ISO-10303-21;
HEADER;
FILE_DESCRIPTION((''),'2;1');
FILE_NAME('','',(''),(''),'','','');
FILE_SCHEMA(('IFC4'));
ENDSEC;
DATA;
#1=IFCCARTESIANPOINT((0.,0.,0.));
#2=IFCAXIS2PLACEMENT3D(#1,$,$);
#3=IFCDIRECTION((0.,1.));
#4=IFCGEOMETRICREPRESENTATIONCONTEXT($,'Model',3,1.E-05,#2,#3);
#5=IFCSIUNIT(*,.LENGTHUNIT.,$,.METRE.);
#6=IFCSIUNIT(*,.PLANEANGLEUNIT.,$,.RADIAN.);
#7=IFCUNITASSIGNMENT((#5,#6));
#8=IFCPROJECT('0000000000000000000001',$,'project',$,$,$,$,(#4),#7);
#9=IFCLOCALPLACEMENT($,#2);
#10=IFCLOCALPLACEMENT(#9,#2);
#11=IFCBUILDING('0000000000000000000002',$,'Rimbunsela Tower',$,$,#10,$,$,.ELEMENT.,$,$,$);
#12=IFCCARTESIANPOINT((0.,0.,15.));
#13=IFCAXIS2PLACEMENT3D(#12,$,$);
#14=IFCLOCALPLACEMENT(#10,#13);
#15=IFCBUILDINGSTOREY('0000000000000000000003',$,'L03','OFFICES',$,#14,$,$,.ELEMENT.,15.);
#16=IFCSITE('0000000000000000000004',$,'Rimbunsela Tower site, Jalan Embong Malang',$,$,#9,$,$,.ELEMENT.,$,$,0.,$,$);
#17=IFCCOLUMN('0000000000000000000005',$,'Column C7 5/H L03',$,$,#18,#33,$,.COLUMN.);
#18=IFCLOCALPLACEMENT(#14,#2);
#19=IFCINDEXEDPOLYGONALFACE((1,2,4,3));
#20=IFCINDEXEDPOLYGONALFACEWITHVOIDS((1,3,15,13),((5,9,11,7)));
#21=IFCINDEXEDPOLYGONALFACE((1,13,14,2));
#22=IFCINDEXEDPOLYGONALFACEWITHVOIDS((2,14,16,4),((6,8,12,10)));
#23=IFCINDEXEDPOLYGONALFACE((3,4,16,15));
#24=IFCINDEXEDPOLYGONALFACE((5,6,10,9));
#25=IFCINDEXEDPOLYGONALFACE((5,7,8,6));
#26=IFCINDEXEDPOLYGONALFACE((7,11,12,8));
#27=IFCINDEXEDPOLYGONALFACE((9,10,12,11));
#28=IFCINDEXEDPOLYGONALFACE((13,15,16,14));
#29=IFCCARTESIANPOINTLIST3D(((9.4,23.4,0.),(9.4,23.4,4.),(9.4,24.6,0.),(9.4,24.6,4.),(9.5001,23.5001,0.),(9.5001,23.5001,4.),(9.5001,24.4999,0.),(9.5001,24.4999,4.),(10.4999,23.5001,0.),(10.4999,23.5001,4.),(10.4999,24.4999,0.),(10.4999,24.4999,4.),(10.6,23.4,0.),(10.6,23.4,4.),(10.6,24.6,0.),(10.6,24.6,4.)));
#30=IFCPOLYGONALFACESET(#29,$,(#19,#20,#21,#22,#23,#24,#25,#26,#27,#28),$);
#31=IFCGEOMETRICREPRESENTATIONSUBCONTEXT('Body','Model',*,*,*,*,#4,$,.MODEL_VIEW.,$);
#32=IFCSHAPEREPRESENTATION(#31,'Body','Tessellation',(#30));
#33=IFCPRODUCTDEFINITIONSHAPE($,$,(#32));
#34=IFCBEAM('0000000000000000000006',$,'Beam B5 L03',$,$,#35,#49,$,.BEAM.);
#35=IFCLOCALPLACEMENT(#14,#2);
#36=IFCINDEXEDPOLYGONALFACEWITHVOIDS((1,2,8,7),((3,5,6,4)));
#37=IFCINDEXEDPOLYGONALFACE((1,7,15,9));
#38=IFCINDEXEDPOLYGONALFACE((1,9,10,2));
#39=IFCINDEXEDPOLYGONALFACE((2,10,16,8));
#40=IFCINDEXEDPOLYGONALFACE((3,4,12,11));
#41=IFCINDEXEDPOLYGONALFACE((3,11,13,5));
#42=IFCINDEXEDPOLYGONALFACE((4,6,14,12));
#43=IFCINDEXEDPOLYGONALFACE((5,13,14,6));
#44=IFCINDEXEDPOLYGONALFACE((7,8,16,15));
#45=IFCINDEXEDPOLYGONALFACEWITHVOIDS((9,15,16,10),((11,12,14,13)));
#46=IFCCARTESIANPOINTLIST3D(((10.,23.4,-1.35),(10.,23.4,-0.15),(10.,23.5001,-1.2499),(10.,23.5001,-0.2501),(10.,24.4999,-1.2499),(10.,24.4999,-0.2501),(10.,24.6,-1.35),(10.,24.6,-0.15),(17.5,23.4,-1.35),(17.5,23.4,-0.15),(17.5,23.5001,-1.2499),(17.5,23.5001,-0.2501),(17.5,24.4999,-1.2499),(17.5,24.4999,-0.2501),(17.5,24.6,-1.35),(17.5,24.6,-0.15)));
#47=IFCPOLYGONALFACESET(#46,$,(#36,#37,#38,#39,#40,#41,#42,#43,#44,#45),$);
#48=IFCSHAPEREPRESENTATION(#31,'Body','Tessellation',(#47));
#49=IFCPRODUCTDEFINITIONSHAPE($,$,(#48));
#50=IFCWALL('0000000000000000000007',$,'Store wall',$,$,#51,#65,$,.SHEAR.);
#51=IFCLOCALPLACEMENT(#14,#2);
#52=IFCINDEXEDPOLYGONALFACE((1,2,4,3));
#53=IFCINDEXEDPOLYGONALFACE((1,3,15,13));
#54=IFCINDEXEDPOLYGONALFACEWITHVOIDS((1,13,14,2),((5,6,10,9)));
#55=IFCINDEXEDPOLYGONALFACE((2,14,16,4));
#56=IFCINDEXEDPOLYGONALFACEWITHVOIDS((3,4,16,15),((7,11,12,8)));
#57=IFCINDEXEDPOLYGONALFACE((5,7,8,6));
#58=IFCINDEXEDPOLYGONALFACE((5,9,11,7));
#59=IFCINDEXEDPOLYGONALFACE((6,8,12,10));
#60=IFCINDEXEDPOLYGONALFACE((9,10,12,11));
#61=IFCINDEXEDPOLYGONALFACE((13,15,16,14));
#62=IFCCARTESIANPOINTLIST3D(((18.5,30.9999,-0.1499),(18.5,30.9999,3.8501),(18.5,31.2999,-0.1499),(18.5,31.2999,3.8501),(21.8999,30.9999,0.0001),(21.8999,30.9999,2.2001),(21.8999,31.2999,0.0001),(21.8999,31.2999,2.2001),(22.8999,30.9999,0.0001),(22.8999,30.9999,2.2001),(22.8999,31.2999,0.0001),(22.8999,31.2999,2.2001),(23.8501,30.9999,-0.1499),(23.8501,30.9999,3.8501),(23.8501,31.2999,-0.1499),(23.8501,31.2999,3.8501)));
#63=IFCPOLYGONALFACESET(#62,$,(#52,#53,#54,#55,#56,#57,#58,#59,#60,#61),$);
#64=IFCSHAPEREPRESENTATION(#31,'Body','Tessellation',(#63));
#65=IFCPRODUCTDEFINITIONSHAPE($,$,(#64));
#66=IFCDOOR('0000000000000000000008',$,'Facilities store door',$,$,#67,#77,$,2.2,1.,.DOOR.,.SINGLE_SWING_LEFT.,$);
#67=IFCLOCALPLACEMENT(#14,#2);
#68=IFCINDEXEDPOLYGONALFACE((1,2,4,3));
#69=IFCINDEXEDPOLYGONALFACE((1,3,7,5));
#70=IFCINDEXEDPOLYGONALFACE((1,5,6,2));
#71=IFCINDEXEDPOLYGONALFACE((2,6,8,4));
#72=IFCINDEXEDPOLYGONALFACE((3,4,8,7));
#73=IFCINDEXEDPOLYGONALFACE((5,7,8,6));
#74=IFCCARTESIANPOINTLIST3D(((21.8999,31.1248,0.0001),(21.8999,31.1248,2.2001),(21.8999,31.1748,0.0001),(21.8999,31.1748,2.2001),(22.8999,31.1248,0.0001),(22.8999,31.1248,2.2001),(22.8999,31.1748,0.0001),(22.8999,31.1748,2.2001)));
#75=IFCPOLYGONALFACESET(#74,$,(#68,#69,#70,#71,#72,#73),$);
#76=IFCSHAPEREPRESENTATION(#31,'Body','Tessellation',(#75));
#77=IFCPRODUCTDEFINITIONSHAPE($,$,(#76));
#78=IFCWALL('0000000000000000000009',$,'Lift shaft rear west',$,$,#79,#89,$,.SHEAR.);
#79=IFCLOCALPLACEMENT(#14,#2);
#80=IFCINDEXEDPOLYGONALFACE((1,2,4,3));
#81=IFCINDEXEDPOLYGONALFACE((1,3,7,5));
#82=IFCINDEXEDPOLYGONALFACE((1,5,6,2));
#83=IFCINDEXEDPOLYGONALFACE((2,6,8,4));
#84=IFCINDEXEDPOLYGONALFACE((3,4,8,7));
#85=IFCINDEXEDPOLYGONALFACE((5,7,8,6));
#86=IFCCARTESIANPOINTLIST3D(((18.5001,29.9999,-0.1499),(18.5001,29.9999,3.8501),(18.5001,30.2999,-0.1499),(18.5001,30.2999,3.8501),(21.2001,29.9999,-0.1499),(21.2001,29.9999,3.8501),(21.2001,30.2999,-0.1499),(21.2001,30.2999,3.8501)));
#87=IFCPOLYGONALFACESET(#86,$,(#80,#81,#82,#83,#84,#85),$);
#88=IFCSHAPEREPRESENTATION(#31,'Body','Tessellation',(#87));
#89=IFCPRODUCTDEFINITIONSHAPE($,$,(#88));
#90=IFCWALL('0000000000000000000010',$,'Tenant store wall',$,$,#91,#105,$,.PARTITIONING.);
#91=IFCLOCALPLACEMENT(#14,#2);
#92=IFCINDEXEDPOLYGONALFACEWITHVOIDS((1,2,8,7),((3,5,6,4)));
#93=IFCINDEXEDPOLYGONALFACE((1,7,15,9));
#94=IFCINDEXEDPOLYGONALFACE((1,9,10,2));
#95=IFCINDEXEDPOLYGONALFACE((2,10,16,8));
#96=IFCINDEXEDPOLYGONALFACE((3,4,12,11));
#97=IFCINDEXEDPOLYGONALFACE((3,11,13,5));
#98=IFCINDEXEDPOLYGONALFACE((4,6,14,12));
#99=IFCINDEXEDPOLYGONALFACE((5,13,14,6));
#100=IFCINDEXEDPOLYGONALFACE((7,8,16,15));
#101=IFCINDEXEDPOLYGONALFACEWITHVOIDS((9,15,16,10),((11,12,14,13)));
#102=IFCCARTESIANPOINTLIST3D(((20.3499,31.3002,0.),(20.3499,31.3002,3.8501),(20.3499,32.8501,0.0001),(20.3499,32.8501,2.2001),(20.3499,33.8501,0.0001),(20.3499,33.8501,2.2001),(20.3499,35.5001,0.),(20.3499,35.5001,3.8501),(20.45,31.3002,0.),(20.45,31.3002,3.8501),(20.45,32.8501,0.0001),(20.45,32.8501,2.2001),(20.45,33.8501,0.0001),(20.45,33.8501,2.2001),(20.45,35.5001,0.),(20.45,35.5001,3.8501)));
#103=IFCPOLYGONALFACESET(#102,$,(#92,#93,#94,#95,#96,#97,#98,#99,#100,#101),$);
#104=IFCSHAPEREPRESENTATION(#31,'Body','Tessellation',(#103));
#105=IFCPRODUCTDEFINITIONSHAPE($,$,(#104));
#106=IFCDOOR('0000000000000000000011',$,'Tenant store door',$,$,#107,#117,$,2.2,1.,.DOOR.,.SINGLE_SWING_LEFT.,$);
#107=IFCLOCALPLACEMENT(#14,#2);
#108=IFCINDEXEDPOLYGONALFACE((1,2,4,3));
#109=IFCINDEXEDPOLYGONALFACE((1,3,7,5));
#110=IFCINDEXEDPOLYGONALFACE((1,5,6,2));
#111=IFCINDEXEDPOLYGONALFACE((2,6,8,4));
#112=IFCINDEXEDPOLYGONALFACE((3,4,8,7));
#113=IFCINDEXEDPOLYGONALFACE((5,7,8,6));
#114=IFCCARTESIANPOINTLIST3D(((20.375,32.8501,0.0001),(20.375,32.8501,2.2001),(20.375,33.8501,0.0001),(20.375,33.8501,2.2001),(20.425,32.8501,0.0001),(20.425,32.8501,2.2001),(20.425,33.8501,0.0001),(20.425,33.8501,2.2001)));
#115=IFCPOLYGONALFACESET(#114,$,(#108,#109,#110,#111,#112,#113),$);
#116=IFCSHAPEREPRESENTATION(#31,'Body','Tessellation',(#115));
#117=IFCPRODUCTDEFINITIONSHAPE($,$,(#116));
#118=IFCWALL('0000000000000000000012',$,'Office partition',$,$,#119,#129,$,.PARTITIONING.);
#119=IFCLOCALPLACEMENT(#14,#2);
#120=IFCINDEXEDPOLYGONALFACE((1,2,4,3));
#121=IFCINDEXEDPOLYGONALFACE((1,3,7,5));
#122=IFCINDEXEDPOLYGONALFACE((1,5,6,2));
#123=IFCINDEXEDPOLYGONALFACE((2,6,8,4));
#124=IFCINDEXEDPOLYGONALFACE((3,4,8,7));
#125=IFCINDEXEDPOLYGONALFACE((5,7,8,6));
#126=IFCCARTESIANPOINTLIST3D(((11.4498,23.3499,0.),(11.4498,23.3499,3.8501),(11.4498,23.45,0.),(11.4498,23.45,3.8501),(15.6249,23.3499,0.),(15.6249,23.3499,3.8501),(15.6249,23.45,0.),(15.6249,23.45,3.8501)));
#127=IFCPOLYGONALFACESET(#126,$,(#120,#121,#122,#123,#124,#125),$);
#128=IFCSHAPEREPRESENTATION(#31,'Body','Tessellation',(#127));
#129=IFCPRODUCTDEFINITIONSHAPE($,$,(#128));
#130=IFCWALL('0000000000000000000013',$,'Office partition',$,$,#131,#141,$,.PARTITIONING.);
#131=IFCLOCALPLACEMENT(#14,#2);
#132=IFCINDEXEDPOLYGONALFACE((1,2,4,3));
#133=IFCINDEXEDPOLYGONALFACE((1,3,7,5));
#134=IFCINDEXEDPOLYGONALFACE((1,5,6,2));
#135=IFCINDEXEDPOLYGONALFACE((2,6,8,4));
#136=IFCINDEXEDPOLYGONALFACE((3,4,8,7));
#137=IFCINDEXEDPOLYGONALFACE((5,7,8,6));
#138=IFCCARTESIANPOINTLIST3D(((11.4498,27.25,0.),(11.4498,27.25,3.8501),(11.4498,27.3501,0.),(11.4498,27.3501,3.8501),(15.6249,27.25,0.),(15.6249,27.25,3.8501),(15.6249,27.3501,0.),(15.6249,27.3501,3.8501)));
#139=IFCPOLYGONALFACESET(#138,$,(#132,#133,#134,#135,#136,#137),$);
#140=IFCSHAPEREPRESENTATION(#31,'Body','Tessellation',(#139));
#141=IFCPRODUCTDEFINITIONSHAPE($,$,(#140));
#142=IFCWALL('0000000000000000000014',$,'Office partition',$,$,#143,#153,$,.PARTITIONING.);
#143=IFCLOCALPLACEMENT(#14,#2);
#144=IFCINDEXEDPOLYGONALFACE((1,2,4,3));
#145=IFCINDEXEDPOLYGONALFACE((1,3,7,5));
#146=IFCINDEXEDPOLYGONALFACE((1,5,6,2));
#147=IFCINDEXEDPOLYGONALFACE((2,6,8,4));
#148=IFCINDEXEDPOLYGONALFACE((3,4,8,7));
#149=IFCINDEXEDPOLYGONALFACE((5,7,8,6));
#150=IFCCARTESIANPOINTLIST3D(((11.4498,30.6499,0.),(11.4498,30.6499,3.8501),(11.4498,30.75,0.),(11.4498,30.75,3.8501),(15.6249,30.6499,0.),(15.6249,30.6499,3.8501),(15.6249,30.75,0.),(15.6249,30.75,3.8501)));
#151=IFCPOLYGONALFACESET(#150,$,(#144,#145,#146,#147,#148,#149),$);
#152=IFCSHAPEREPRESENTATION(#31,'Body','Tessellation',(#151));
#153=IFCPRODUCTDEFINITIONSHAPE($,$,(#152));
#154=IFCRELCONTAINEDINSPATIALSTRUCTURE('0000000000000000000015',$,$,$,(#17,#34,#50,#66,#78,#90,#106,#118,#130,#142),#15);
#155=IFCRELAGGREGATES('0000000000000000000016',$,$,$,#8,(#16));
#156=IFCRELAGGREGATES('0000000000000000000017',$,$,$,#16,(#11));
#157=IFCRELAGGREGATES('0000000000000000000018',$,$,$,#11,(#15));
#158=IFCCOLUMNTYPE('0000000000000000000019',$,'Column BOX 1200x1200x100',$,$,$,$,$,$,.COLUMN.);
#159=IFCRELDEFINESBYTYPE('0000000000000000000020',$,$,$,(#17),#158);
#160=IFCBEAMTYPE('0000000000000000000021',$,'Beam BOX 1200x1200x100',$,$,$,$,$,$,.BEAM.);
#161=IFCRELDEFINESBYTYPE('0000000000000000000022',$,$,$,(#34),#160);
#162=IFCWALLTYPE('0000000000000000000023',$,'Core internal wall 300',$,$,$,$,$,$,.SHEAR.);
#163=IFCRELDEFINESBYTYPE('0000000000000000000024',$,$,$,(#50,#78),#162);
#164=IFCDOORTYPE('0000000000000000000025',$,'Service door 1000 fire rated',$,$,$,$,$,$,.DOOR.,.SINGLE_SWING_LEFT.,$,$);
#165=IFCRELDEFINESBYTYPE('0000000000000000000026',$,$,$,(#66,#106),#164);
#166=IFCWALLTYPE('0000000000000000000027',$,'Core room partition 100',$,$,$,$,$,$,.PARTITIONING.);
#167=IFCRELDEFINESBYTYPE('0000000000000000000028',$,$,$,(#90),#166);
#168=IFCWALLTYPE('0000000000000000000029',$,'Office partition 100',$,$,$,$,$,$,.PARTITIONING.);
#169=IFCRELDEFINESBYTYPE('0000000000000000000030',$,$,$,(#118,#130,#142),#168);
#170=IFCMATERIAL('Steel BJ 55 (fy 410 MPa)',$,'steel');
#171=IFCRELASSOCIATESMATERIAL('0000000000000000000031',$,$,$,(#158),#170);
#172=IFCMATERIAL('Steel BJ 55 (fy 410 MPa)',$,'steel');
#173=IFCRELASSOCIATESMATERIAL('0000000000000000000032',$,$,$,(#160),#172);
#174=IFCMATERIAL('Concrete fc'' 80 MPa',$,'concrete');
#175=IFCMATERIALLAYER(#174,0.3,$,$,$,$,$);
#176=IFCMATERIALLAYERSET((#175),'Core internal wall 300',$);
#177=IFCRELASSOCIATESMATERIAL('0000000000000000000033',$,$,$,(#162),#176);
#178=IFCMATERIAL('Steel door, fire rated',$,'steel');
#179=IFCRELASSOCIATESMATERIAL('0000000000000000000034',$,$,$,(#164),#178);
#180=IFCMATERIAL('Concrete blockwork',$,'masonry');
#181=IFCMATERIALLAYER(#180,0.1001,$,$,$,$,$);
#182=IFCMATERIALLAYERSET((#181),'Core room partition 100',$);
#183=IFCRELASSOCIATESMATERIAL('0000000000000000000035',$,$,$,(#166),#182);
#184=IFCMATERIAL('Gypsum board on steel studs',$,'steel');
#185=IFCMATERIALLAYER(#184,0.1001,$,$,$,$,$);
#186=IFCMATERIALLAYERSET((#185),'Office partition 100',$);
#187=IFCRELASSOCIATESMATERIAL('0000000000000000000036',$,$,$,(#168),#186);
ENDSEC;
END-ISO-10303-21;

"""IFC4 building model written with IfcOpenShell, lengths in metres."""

from ifc_helpers import new_model, si_unit, direction, frame, frame_2d, origin, origin_2d, place, context, subcontext, project, spatial, rectangle, hollow_rectangle, extrude, material, layer, layer_set, material_profile, profile_set, type_object, element, fill, save


model = new_model("IFC4")

# Units and contexts
model_context = context("Model", 3, precision=1e-05, world=origin(), true_north=direction((0.0, 1.0)))
body_context = subcontext(model_context, "Body", "Model", "MODEL_VIEW")
ifc_project = project(units=[si_unit("LENGTHUNIT", "METRE"), si_unit("PLANEANGLEUNIT", "RADIAN")], contexts=[model_context])

# Site, building, storey
site_placement = place(None, origin())
site = spatial("IfcSite", under=ifc_project, at=site_placement, Name="Rimbunsela Tower site, Jalan Embong Malang", CompositionType="ELEMENT", RefElevation=0.0)
building_placement = place(site_placement, origin())
building = spatial("IfcBuilding", under=site, at=building_placement, Name="Rimbunsela Tower", CompositionType="ELEMENT")
storey_placement = place(building_placement, frame((0.0, 0.0, 15.0)))
storey = spatial("IfcBuildingStorey", under=building, at=storey_placement, Name="L03", Description="OFFICES", CompositionType="ELEMENT", Elevation=15.0)

# Column
ifc_material_1 = material(Name="Steel BJ 55 (fy 410 MPa)", Category="steel")
ifc_material_profile_1 = material_profile(ifc_material_1, hollow_rectangle(XDim=1.2, YDim=1.2, WallThickness=0.1001, at=origin_2d()), Name="BOX 1200x1200x100")
ifc_profile_set_1 = profile_set([ifc_material_profile_1], Name="Steel BJ 55 (fy 410 MPa)")
column_type = type_object("IfcColumnType", Name="Column BOX 1200x1200x100", PredefinedType="COLUMN", material=ifc_profile_set_1)
column_placement = place(storey_placement, frame((10.0, 24.0, 0.0), z_axis=(0.0, 0.0, 1.0), x_axis=(1.0, 0.0, 0.0)))
element("IfcColumn", 1, at=column_placement, inside=storey, type_object=column_type, Name="Column C7 5/H L03", PredefinedType="COLUMN", context=body_context, shape_type="SweptSolid", body=[
    extrude(hollow_rectangle(XDim=1.2, YDim=1.2, WallThickness=0.1001, at=origin_2d()), origin(), (0.0, 0.0, 1.0), 4.0),
])

# Beam
ifc_material_2 = material(Name="Steel BJ 55 (fy 410 MPa)", Category="steel")
ifc_material_profile_2 = material_profile(ifc_material_2, hollow_rectangle(XDim=1.2, YDim=1.2, WallThickness=0.1001, at=origin_2d()), Name="BOX 1200x1200x100")
ifc_profile_set_2 = profile_set([ifc_material_profile_2], Name="Steel BJ 55 (fy 410 MPa)")
beam_type = type_object("IfcBeamType", Name="Beam BOX 1200x1200x100", PredefinedType="BEAM", material=ifc_profile_set_2)
beam_placement = place(storey_placement, frame((10.0, 24.0, -0.75), z_axis=(1.0, 0.0, 0.0), x_axis=(0.0, 1.0, 0.0)))
element("IfcBeam", 2, at=beam_placement, inside=storey, type_object=beam_type, Name="Beam B5 L03", PredefinedType="BEAM", context=body_context, shape_type="SweptSolid", body=[
    extrude(hollow_rectangle(XDim=1.2, YDim=1.2, WallThickness=0.1001, at=origin_2d()), origin(), (0.0, 0.0, 1.0), 7.5),
])

# Wall, opening, door
ifc_material_3 = material(Name="Concrete fc' 80 MPa", Category="concrete")
ifc_layer_1 = layer(ifc_material_3, 0.3)
ifc_layer_set_1 = layer_set([ifc_layer_1], Name="Core internal wall 300")
wall_type_1 = type_object("IfcWallType", Name="Core internal wall 300", PredefinedType="SHEAR", material=ifc_layer_set_1)
wall_1_placement = place(storey_placement, frame((18.5, 31.1499, -0.1499), z_axis=(0.0, 0.0, 1.0), x_axis=(1.0, 0.0, 0.0)))
wall_1 = element("IfcWall", 3, at=wall_1_placement, inside=storey, type_object=wall_type_1, Name="Store wall", PredefinedType="SHEAR", context=body_context, shape_type="SweptSolid", body=[
    extrude(rectangle(XDim=5.3501, YDim=0.3, at=frame_2d((2.675, 0.0))), origin(), (0.0, 0.0, 1.0), 4.0),
])
opening_1_placement = place(wall_1_placement, frame((3.3999, 0.0, 0.1499)))
opening_1 = element("IfcOpeningElement", 4, at=opening_1_placement, cuts=wall_1, PredefinedType="OPENING", context=body_context, shape_type="SweptSolid", body=[
    extrude(rectangle(XDim=1.0, YDim=2.2, at=frame_2d((0.5, 1.1001))), frame((0.0, 0.1599, 0.0), z_axis=(0.0, -1.0, 0.0), x_axis=(1.0, 0.0, 0.0)), (0.0, 0.0, 1.0), 0.3201),
])
ifc_material_4 = material(Name="Steel door, fire rated", Category="steel")
door_type_1 = type_object("IfcDoorType", Name="Service door 1000 fire rated", OperationType="SINGLE_SWING_LEFT", PredefinedType="DOOR", material=ifc_material_4)
door_1_placement = place(opening_1_placement, origin())
door_1 = element("IfcDoor", 5, at=door_1_placement, inside=storey, type_object=door_type_1, Name="Facilities store door", OperationType="SINGLE_SWING_LEFT", OverallHeight=2.2, OverallWidth=1.0, PredefinedType="DOOR", context=body_context, shape_type="SweptSolid", body=[
    extrude(rectangle(XDim=1.0, YDim=2.2, at=frame_2d((0.5, 1.1001))), frame((0.0, 0.0249, 0.0), z_axis=(0.0, -1.0, 0.0), x_axis=(1.0, 0.0, 0.0)), (0.0, 0.0, 1.0), 0.05),
])
fill(opening_1, door_1)

# Wall
wall_2_placement = place(storey_placement, frame((18.5, 30.1499, -0.1499), z_axis=(0.0, 0.0, 1.0), x_axis=(1.0, 0.0, 0.0)))
element("IfcWall", 6, at=wall_2_placement, inside=storey, type_object=wall_type_1, Name="Lift shaft rear west", PredefinedType="SHEAR", context=body_context, shape_type="SweptSolid", body=[
    extrude(rectangle(XDim=2.7, YDim=0.3, at=frame_2d((1.3501, 0.0))), origin(), (0.0, 0.0, 1.0), 4.0),
])

# Wall, opening, door
ifc_material_5 = material(Name="Concrete blockwork", Category="masonry")
ifc_layer_2 = layer(ifc_material_5, 0.1001)
ifc_layer_set_2 = layer_set([ifc_layer_2], Name="Core room partition 100")
wall_type_2 = type_object("IfcWallType", Name="Core room partition 100", PredefinedType="PARTITIONING", material=ifc_layer_set_2)
wall_3_placement = place(storey_placement, frame((20.3999, 31.3, 0.0), z_axis=(0.0, 0.0, 1.0), x_axis=(0.0, 1.0, 0.0)))
wall_3 = element("IfcWall", 7, at=wall_3_placement, inside=storey, type_object=wall_type_2, Name="Tenant store wall", PredefinedType="PARTITIONING", context=body_context, shape_type="SweptSolid", body=[
    extrude(rectangle(XDim=4.2, YDim=0.1001, at=frame_2d((2.1001, 0.0))), origin(), (0.0, 0.0, 1.0), 3.8501),
])
opening_2_placement = place(wall_3_placement, frame((1.55, 0.0, 0.0)))
opening_2 = element("IfcOpeningElement", 8, at=opening_2_placement, cuts=wall_3, PredefinedType="OPENING", context=body_context, shape_type="SweptSolid", body=[
    extrude(rectangle(XDim=1.0, YDim=2.2, at=frame_2d((0.5, 1.1001))), frame((0.0, 0.0601, 0.0), z_axis=(0.0, -1.0, 0.0), x_axis=(1.0, 0.0, 0.0)), (0.0, 0.0, 1.0), 0.1201),
])
door_2_placement = place(opening_2_placement, origin())
door_2 = element("IfcDoor", 9, at=door_2_placement, inside=storey, type_object=door_type_1, Name="Tenant store door", OperationType="SINGLE_SWING_LEFT", OverallHeight=2.2, OverallWidth=1.0, PredefinedType="DOOR", context=body_context, shape_type="SweptSolid", body=[
    extrude(rectangle(XDim=1.0, YDim=2.2, at=frame_2d((0.5, 1.1001))), frame((0.0, 0.0249, 0.0), z_axis=(0.0, -1.0, 0.0), x_axis=(1.0, 0.0, 0.0)), (0.0, 0.0, 1.0), 0.05),
])
fill(opening_2, door_2)

# Walls
ifc_material_6 = material(Name="Gypsum board on steel studs", Category="steel")
ifc_layer_3 = layer(ifc_material_6, 0.1001)
ifc_layer_set_3 = layer_set([ifc_layer_3], Name="Office partition 100")
wall_type_3 = type_object("IfcWallType", Name="Office partition 100", PredefinedType="PARTITIONING", material=ifc_layer_set_3)
for number, where, z_axis, x_axis, name in (
    (10, (11.45, 23.3999, 0.0), (0.0, 0.0, 1.0), (1.0, 0.0, 0.0), "Office partition"),
    (11, (11.45, 27.3, 0.0), (0.0, 0.0, 1.0), (1.0, 0.0, 0.0), "Office partition"),
    (12, (11.45, 30.7, 0.0), (0.0, 0.0, 1.0), (1.0, 0.0, 0.0), "Office partition"),
):
    element("IfcWall", number, at=place(storey_placement, frame(where, z_axis=z_axis, x_axis=x_axis)), inside=storey, type_object=wall_type_3, Name=name, PredefinedType="PARTITIONING", context=body_context, shape_type="SweptSolid", body=[
        extrude(rectangle(XDim=4.175, YDim=0.1001, at=frame_2d((2.0874, 0.0))), origin(), (0.0, 0.0, 1.0), 3.8501),
    ])

save(model, "model.ifc")
